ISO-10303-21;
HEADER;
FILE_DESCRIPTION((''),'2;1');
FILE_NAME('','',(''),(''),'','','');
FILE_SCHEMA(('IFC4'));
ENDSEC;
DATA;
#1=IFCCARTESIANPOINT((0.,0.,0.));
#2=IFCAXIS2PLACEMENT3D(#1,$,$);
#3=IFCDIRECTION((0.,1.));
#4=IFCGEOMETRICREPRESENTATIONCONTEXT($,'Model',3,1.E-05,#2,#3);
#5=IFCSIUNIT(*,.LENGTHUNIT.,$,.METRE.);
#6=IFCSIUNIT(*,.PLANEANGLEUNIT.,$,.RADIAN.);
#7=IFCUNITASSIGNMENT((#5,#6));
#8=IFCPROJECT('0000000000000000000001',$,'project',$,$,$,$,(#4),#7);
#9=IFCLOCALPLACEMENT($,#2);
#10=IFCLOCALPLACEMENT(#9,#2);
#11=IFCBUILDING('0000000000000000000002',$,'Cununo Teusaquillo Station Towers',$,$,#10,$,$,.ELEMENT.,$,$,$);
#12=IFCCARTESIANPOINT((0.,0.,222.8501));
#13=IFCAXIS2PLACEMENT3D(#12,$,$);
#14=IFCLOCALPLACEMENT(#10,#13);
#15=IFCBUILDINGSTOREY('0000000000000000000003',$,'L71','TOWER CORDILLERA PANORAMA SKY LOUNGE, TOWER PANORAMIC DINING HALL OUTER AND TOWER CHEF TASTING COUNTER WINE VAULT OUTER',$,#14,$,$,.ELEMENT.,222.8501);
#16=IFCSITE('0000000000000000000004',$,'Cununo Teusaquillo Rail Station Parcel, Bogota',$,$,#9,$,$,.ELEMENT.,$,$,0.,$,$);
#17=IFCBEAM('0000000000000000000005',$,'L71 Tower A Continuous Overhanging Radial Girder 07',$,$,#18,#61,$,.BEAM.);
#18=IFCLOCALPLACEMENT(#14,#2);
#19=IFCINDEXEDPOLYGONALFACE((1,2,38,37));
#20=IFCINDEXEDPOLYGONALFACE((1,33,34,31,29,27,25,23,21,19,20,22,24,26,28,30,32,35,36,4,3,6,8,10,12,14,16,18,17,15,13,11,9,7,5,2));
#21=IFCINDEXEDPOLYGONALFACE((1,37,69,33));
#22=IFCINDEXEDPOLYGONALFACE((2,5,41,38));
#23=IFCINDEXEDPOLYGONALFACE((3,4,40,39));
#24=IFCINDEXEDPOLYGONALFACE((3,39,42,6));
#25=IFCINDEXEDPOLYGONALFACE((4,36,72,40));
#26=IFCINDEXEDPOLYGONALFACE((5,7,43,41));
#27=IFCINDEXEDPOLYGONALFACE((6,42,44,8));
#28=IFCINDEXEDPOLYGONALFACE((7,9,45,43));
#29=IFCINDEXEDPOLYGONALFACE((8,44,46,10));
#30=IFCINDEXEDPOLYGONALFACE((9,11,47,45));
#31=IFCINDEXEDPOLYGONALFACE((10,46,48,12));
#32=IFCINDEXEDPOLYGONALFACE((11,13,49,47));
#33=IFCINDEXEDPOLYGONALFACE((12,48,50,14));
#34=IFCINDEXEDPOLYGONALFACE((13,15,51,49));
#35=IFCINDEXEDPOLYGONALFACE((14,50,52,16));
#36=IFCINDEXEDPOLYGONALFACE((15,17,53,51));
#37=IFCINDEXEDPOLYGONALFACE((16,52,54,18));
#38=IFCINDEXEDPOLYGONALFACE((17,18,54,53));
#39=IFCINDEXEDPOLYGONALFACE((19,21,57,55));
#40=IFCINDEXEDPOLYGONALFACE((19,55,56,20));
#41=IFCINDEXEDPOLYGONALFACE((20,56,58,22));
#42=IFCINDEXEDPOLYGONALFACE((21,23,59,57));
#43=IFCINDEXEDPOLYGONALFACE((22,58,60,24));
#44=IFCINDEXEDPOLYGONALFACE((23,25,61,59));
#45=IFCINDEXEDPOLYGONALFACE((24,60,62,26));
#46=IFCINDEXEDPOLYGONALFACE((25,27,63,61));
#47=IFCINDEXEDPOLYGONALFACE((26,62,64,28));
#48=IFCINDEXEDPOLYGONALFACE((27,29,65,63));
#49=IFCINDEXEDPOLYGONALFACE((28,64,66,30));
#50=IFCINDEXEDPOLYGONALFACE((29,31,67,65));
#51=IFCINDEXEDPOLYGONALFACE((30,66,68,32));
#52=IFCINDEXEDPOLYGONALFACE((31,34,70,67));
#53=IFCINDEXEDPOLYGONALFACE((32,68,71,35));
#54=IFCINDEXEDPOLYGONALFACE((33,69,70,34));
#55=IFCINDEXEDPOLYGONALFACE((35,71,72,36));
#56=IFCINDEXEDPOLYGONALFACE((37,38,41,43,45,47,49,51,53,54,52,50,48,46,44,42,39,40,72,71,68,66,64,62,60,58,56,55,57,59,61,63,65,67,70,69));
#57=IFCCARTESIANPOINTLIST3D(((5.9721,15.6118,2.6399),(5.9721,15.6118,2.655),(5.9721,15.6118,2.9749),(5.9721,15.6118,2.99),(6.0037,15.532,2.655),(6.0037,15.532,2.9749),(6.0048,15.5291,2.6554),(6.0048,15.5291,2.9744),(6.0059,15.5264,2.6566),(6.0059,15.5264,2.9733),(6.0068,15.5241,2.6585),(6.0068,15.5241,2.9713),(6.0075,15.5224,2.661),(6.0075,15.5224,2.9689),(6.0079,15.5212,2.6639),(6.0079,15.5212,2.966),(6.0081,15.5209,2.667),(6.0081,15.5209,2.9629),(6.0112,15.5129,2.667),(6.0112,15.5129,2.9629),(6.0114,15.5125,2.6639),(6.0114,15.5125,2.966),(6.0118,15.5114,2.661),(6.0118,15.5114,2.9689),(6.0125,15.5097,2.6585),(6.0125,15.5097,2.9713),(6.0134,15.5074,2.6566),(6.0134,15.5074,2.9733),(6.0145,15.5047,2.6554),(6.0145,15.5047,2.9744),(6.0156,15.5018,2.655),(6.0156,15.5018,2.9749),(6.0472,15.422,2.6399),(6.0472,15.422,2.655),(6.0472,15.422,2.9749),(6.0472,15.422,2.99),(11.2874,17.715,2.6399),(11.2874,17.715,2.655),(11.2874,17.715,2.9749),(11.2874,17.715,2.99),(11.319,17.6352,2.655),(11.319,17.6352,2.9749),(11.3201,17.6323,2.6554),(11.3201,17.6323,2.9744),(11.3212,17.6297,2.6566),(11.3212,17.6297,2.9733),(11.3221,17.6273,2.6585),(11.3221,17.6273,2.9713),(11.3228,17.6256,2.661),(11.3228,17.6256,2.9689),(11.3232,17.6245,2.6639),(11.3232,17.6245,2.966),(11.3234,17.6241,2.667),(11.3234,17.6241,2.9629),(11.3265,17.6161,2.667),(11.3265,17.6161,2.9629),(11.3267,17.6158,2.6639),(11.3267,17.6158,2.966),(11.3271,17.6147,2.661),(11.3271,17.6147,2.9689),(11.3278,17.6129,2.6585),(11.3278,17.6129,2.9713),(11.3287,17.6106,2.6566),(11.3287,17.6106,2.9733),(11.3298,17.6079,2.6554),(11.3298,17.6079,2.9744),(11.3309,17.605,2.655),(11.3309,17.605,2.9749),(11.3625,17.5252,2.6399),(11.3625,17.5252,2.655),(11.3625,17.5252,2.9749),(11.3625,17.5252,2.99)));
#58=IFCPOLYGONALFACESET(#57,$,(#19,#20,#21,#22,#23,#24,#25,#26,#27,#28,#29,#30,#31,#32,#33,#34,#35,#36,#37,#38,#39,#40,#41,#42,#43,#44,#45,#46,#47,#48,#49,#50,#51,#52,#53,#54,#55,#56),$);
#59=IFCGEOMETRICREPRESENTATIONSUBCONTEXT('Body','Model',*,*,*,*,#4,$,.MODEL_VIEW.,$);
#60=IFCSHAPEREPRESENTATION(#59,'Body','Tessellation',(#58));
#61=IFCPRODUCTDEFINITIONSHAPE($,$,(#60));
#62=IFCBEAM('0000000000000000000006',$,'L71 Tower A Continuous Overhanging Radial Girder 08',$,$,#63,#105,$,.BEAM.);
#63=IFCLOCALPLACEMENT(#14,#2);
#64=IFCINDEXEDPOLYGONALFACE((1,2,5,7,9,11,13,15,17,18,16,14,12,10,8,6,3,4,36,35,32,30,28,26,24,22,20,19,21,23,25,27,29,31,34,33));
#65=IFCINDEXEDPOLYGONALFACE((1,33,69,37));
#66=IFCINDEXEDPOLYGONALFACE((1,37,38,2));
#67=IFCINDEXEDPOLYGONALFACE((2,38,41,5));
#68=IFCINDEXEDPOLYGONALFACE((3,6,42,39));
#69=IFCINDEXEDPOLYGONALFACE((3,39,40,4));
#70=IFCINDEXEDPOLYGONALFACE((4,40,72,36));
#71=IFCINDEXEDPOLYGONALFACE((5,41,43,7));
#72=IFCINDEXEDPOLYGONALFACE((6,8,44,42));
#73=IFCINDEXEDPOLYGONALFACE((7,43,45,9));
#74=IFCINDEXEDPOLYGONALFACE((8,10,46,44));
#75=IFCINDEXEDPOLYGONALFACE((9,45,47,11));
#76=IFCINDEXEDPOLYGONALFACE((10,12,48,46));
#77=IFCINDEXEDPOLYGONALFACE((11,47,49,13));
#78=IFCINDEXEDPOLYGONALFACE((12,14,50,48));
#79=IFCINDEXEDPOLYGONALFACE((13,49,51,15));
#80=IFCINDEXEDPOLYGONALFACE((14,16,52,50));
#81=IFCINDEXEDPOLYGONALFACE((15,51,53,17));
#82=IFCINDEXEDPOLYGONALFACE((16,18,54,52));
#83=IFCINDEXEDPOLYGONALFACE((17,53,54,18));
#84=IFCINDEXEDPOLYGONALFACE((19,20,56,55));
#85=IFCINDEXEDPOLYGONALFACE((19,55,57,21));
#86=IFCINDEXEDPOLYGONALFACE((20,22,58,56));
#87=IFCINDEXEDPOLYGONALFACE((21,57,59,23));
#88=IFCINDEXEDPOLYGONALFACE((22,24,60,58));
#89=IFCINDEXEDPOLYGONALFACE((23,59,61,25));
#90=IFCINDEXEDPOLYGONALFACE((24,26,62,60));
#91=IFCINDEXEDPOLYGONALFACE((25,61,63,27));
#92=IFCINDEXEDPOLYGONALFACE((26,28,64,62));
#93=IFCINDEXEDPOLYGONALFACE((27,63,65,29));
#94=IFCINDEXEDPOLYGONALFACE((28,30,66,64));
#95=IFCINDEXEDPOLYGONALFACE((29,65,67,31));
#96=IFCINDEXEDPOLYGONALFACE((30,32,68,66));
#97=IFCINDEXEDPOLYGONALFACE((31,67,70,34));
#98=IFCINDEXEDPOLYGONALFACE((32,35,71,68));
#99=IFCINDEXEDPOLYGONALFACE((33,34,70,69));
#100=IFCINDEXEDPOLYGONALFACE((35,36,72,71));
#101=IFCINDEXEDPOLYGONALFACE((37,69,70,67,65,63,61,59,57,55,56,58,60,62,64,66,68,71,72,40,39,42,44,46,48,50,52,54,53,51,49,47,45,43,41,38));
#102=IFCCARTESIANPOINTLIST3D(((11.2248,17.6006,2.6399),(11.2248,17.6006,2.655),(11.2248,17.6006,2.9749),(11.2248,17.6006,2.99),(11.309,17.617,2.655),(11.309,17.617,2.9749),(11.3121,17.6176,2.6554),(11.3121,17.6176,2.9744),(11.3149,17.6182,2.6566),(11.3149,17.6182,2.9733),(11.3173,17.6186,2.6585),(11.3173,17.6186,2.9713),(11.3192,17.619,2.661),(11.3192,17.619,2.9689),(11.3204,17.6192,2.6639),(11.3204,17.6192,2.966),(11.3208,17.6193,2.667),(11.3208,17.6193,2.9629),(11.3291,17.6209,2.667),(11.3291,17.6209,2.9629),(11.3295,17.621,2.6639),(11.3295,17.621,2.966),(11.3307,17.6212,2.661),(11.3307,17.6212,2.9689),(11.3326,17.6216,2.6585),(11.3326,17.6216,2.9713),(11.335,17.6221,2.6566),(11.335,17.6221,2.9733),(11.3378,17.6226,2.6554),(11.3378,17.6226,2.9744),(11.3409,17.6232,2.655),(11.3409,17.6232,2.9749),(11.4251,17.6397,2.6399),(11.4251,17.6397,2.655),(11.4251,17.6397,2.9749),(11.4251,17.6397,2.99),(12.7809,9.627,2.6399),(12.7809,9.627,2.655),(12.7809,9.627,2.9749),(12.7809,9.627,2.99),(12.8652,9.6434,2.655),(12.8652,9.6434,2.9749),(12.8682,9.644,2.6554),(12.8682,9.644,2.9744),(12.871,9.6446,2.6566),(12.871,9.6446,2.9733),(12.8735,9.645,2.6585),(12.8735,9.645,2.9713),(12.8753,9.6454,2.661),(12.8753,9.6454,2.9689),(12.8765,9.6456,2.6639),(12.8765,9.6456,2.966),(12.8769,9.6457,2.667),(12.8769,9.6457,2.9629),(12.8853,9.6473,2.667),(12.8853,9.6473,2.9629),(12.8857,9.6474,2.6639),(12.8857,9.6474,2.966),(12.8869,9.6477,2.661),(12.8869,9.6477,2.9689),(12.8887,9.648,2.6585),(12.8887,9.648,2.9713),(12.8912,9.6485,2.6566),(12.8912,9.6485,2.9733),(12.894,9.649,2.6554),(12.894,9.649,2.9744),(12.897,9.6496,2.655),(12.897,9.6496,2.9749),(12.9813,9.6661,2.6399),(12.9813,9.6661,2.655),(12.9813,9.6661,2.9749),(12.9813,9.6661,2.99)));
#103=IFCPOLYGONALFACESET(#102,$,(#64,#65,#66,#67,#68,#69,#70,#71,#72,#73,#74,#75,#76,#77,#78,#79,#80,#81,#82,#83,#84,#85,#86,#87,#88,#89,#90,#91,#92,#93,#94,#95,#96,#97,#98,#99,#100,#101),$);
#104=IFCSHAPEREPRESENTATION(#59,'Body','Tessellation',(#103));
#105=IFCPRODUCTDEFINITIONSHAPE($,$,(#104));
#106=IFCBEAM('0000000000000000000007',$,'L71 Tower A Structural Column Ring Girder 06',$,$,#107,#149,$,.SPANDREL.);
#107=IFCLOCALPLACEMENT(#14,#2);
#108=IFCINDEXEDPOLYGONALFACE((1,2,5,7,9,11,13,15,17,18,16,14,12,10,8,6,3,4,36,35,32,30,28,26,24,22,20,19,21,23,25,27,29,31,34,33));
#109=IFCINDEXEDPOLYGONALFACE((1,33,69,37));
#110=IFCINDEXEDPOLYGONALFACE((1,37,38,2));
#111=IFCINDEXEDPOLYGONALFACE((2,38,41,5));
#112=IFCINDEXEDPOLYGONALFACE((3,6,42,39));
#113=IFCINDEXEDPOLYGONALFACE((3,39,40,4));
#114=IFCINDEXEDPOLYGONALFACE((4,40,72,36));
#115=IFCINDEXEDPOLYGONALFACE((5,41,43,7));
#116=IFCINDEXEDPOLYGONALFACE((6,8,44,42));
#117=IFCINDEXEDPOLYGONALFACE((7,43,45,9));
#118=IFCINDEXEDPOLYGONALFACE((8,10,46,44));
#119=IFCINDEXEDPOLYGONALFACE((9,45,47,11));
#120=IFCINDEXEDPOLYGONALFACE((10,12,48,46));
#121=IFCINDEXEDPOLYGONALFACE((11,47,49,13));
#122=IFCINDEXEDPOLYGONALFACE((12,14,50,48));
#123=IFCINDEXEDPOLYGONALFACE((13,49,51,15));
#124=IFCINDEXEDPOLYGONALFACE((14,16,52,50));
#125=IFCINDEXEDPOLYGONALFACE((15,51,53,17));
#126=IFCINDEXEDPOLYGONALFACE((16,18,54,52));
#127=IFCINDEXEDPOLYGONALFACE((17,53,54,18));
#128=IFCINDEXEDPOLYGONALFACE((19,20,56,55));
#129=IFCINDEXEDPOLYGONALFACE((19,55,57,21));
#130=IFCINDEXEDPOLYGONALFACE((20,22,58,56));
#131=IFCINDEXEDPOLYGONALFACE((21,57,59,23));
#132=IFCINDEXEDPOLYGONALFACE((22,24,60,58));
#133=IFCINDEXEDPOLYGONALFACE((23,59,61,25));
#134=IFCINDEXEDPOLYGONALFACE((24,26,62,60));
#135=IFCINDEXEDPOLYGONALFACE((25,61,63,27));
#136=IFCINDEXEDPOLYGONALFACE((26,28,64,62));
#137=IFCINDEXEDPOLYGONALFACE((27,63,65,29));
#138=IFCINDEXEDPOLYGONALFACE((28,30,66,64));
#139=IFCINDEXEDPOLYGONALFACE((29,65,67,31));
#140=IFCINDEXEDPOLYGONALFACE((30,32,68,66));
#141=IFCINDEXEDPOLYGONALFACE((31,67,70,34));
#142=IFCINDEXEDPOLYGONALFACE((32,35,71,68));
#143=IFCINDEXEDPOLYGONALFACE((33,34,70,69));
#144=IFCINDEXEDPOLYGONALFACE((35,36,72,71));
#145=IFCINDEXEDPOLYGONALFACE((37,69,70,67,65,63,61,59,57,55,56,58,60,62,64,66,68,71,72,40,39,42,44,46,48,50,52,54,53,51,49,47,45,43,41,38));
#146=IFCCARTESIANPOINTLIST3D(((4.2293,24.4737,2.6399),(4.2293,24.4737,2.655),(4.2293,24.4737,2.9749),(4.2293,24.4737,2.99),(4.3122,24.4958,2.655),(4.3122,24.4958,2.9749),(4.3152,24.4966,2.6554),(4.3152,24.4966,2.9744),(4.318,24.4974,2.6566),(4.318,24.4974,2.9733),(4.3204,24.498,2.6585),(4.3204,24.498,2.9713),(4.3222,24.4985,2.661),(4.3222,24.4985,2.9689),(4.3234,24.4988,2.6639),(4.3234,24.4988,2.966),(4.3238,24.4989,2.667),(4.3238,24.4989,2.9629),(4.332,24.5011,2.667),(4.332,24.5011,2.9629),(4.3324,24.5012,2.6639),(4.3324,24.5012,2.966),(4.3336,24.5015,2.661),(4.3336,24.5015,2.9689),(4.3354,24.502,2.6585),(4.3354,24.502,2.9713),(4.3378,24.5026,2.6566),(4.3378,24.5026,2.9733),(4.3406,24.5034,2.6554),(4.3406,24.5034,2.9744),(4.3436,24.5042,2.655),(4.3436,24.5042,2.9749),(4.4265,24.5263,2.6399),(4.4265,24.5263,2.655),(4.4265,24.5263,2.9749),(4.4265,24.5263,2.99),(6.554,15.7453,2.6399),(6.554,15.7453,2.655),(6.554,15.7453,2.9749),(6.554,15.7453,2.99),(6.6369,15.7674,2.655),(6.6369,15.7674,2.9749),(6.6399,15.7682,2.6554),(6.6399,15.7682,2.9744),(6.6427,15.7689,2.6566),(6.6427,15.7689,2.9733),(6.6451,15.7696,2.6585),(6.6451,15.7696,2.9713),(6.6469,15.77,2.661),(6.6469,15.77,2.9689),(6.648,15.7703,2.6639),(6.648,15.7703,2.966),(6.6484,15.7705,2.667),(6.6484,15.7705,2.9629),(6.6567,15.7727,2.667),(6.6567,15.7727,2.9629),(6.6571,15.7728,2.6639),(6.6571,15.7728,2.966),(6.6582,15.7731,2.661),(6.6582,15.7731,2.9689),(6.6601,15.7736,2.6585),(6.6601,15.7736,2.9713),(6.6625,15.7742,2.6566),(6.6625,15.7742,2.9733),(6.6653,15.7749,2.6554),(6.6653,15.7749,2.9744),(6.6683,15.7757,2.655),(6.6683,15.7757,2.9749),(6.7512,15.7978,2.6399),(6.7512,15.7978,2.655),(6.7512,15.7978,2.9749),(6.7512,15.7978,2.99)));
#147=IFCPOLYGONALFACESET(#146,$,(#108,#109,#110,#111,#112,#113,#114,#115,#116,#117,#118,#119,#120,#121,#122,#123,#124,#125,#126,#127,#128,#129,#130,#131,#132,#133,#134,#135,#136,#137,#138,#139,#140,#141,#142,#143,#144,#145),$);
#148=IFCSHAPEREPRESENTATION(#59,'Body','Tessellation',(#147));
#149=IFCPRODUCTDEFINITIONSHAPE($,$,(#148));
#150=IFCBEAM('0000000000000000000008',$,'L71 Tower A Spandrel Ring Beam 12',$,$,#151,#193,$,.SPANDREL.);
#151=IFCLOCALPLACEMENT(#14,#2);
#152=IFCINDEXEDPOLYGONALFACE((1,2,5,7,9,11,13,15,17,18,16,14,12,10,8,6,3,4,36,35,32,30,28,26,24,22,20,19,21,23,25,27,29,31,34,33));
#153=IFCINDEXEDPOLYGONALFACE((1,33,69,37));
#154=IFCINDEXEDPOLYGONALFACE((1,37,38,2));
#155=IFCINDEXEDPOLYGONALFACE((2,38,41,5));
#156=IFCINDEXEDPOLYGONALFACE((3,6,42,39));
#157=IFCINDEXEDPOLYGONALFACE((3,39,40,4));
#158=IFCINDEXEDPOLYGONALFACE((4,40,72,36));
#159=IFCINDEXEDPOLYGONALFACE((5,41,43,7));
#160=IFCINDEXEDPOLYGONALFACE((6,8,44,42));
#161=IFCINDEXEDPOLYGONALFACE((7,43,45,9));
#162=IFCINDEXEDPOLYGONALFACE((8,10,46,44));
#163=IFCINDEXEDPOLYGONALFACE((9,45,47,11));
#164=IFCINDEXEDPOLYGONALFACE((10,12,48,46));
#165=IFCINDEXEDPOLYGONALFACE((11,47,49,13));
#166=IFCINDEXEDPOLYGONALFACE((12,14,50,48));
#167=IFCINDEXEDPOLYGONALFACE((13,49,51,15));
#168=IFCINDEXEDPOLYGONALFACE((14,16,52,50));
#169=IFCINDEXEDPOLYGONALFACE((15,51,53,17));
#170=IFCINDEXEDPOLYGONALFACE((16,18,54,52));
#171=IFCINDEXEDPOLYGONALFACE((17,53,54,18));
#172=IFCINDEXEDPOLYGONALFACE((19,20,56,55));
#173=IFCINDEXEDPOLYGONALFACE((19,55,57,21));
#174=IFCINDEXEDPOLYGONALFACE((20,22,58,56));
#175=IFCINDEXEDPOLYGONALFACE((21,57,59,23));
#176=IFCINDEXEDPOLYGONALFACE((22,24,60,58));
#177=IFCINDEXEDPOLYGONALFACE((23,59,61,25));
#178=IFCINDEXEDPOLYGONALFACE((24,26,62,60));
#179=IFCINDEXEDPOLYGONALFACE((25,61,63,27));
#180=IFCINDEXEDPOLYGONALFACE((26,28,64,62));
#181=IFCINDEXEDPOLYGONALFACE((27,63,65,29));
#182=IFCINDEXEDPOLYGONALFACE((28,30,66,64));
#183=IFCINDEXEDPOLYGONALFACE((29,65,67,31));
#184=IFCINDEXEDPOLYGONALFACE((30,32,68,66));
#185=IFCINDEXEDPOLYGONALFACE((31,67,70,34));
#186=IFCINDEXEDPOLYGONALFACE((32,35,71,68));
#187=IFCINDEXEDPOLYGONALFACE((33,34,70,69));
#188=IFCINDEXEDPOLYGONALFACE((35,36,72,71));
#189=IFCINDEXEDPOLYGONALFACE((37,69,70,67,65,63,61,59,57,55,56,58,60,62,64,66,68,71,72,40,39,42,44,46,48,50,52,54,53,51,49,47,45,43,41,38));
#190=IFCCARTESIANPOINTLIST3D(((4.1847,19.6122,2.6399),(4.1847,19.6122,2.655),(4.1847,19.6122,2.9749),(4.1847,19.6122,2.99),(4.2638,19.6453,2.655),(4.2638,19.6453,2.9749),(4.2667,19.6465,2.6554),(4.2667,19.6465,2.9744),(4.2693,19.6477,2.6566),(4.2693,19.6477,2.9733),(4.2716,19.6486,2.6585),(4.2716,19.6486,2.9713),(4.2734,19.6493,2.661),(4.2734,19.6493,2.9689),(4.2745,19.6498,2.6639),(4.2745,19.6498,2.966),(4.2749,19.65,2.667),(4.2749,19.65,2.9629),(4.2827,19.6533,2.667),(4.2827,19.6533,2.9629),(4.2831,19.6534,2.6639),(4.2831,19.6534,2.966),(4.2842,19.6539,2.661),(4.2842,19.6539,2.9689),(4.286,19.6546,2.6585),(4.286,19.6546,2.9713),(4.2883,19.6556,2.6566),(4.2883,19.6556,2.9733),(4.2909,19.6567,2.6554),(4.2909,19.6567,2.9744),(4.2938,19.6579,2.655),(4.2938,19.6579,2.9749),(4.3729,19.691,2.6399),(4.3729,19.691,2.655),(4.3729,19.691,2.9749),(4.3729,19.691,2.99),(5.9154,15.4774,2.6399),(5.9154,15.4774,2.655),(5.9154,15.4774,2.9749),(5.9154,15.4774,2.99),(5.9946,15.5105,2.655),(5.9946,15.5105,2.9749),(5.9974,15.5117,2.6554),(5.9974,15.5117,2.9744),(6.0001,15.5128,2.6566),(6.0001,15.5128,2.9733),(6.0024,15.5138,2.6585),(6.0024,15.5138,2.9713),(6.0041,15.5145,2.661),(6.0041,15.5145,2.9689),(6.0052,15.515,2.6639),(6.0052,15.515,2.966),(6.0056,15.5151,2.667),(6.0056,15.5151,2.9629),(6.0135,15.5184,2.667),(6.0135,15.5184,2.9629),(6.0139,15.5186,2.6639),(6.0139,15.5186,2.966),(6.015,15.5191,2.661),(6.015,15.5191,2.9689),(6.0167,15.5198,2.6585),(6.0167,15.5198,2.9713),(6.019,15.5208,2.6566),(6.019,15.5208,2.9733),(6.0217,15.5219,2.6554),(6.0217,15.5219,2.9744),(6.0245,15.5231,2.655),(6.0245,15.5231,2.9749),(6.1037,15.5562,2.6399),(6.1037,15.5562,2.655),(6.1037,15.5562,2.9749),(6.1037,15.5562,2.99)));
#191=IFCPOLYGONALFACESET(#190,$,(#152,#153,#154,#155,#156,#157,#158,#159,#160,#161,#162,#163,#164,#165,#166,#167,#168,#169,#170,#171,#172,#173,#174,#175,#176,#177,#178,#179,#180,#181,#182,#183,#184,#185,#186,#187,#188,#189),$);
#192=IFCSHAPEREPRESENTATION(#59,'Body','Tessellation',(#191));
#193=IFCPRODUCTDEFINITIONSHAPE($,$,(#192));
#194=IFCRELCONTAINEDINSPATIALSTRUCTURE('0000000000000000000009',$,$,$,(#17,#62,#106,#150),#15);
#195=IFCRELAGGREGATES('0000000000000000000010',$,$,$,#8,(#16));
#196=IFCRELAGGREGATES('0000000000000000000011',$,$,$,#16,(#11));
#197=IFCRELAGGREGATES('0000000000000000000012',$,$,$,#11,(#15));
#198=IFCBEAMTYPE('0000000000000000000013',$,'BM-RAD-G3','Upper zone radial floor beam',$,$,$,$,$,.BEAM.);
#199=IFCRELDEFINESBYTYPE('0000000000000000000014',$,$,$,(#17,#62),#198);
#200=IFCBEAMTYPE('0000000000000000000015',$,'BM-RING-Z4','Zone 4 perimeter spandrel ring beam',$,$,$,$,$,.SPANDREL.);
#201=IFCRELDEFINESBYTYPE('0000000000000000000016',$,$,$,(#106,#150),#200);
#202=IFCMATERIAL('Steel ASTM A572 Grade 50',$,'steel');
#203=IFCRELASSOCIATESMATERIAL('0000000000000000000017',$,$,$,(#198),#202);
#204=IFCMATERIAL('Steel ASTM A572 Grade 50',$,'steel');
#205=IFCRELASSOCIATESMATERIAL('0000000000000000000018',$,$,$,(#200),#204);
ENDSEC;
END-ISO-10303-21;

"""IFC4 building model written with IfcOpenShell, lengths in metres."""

from ifc_helpers import new_model, si_unit, direction, frame, origin, origin_2d, place, context, subcontext, project, spatial, i_section, extrude, material, material_profile, profile_set, type_object, element, save


model = new_model("IFC4")

# Units and contexts
model_context = context("Model", 3, precision=1e-05, world=origin(), true_north=direction((0.0, 1.0)))
body_context = subcontext(model_context, "Body", "Model", "MODEL_VIEW")
ifc_project = project(units=[si_unit("LENGTHUNIT", "METRE"), si_unit("PLANEANGLEUNIT", "RADIAN")], contexts=[model_context])

# Site, building, storey
site_placement = place(None, origin())
site = spatial("IfcSite", under=ifc_project, at=site_placement, Name="Cununo Teusaquillo Rail Station Parcel, Bogota", CompositionType="ELEMENT", RefElevation=0.0)
building_placement = place(site_placement, origin())
building = spatial("IfcBuilding", under=site, at=building_placement, Name="Cununo Teusaquillo Station Towers", CompositionType="ELEMENT")
storey_placement = place(building_placement, frame((0.0, 0.0, 222.8501)))
storey = spatial("IfcBuildingStorey", under=building, at=storey_placement, Name="L71", Description="TOWER CORDILLERA PANORAMA SKY LOUNGE, TOWER PANORAMIC DINING HALL OUTER AND TOWER CHEF TASTING COUNTER WINE VAULT OUTER", CompositionType="ELEMENT", Elevation=222.8501)

# Beams
ifc_material_1 = material(Name="Steel ASTM A572 Grade 50", Category="steel")
ifc_material_profile_1 = material_profile(ifc_material_1, i_section(OverallWidth=0.2041, OverallDepth=0.3501, WebThickness=0.0085, FlangeThickness=0.0151, FilletRadius=0.012, at=origin_2d()), Name="W14X48")
ifc_profile_set_1 = profile_set([ifc_material_profile_1], Name="Steel ASTM A572 Grade 50")
beam_type_1 = type_object("IfcBeamType", Name="BM-RAD-G3", Description="Upper zone radial floor beam", PredefinedType="BEAM", material=ifc_profile_set_1)
beam_1_placement = place(storey_placement, frame((11.325, 17.6201, 2.8149), z_axis=(-0.929852, -0.367935, 0.0), x_axis=(0.367935, -0.929852, 0.0)))
element("IfcBeam", 1, at=beam_1_placement, inside=storey, type_object=beam_type_1, Name="L71 Tower A Continuous Overhanging Radial Girder 07", PredefinedType="BEAM", context=body_context, shape_type="SweptSolid", body=[
    extrude(i_section(OverallWidth=0.2041, OverallDepth=0.3501, WebThickness=0.0085, FlangeThickness=0.0151, FilletRadius=0.012, at=origin_2d()), origin(), (0.0, 0.0, 1.0), 5.7163),
])
beam_2_placement = place(storey_placement, frame((11.325, 17.6201, 2.8149), z_axis=(0.191548, -0.981483, 0.0), x_axis=(0.981483, 0.191548, 0.0)))
element("IfcBeam", 2, at=beam_2_placement, inside=storey, type_object=beam_type_1, Name="L71 Tower A Continuous Overhanging Radial Girder 08", PredefinedType="BEAM", context=body_context, shape_type="SweptSolid", body=[
    extrude(i_section(OverallWidth=0.2041, OverallDepth=0.3501, WebThickness=0.0085, FlangeThickness=0.0151, FilletRadius=0.012, at=origin_2d()), origin(), (0.0, 0.0, 1.0), 8.124),
])
ifc_material_2 = material(Name="Steel ASTM A572 Grade 50", Category="steel")
ifc_material_profile_2 = material_profile(ifc_material_2, i_section(OverallWidth=0.2041, OverallDepth=0.3501, WebThickness=0.0085, FlangeThickness=0.0151, FilletRadius=0.012, at=origin_2d()), Name="W14X48")
ifc_profile_set_2 = profile_set([ifc_material_profile_2], Name="Steel ASTM A572 Grade 50")
beam_type_2 = type_object("IfcBeamType", Name="BM-RING-Z4", Description="Zone 4 perimeter spandrel ring beam", PredefinedType="SPANDREL", material=ifc_profile_set_2)
beam_3_placement = place(storey_placement, frame((4.3279, 24.5, 2.8149), z_axis=(0.257363, -0.966315, 0.0), x_axis=(0.966315, 0.257363, 0.0)))
element("IfcBeam", 3, at=beam_3_placement, inside=storey, type_object=beam_type_2, Name="L71 Tower A Structural Column Ring Girder 06", PredefinedType="SPANDREL", context=body_context, shape_type="SweptSolid", body=[
    extrude(i_section(OverallWidth=0.2041, OverallDepth=0.3501, WebThickness=0.0085, FlangeThickness=0.0151, FilletRadius=0.012, at=origin_2d()), origin(), (0.0, 0.0, 1.0), 9.0327),
])
beam_4_placement = place(storey_placement, frame((4.2788, 19.6516, 2.8149), z_axis=(0.386115, -0.92245, 0.0), x_axis=(0.92245, 0.386115, 0.0)))
element("IfcBeam", 4, at=beam_4_placement, inside=storey, type_object=beam_type_2, Name="L71 Tower A Spandrel Ring Beam 12", PredefinedType="SPANDREL", context=body_context, shape_type="SweptSolid", body=[
    extrude(i_section(OverallWidth=0.2041, OverallDepth=0.3501, WebThickness=0.0085, FlangeThickness=0.0151, FilletRadius=0.012, at=origin_2d()), origin(), (0.0, 0.0, 1.0), 4.4824),
])

save(model, "model.ifc")
